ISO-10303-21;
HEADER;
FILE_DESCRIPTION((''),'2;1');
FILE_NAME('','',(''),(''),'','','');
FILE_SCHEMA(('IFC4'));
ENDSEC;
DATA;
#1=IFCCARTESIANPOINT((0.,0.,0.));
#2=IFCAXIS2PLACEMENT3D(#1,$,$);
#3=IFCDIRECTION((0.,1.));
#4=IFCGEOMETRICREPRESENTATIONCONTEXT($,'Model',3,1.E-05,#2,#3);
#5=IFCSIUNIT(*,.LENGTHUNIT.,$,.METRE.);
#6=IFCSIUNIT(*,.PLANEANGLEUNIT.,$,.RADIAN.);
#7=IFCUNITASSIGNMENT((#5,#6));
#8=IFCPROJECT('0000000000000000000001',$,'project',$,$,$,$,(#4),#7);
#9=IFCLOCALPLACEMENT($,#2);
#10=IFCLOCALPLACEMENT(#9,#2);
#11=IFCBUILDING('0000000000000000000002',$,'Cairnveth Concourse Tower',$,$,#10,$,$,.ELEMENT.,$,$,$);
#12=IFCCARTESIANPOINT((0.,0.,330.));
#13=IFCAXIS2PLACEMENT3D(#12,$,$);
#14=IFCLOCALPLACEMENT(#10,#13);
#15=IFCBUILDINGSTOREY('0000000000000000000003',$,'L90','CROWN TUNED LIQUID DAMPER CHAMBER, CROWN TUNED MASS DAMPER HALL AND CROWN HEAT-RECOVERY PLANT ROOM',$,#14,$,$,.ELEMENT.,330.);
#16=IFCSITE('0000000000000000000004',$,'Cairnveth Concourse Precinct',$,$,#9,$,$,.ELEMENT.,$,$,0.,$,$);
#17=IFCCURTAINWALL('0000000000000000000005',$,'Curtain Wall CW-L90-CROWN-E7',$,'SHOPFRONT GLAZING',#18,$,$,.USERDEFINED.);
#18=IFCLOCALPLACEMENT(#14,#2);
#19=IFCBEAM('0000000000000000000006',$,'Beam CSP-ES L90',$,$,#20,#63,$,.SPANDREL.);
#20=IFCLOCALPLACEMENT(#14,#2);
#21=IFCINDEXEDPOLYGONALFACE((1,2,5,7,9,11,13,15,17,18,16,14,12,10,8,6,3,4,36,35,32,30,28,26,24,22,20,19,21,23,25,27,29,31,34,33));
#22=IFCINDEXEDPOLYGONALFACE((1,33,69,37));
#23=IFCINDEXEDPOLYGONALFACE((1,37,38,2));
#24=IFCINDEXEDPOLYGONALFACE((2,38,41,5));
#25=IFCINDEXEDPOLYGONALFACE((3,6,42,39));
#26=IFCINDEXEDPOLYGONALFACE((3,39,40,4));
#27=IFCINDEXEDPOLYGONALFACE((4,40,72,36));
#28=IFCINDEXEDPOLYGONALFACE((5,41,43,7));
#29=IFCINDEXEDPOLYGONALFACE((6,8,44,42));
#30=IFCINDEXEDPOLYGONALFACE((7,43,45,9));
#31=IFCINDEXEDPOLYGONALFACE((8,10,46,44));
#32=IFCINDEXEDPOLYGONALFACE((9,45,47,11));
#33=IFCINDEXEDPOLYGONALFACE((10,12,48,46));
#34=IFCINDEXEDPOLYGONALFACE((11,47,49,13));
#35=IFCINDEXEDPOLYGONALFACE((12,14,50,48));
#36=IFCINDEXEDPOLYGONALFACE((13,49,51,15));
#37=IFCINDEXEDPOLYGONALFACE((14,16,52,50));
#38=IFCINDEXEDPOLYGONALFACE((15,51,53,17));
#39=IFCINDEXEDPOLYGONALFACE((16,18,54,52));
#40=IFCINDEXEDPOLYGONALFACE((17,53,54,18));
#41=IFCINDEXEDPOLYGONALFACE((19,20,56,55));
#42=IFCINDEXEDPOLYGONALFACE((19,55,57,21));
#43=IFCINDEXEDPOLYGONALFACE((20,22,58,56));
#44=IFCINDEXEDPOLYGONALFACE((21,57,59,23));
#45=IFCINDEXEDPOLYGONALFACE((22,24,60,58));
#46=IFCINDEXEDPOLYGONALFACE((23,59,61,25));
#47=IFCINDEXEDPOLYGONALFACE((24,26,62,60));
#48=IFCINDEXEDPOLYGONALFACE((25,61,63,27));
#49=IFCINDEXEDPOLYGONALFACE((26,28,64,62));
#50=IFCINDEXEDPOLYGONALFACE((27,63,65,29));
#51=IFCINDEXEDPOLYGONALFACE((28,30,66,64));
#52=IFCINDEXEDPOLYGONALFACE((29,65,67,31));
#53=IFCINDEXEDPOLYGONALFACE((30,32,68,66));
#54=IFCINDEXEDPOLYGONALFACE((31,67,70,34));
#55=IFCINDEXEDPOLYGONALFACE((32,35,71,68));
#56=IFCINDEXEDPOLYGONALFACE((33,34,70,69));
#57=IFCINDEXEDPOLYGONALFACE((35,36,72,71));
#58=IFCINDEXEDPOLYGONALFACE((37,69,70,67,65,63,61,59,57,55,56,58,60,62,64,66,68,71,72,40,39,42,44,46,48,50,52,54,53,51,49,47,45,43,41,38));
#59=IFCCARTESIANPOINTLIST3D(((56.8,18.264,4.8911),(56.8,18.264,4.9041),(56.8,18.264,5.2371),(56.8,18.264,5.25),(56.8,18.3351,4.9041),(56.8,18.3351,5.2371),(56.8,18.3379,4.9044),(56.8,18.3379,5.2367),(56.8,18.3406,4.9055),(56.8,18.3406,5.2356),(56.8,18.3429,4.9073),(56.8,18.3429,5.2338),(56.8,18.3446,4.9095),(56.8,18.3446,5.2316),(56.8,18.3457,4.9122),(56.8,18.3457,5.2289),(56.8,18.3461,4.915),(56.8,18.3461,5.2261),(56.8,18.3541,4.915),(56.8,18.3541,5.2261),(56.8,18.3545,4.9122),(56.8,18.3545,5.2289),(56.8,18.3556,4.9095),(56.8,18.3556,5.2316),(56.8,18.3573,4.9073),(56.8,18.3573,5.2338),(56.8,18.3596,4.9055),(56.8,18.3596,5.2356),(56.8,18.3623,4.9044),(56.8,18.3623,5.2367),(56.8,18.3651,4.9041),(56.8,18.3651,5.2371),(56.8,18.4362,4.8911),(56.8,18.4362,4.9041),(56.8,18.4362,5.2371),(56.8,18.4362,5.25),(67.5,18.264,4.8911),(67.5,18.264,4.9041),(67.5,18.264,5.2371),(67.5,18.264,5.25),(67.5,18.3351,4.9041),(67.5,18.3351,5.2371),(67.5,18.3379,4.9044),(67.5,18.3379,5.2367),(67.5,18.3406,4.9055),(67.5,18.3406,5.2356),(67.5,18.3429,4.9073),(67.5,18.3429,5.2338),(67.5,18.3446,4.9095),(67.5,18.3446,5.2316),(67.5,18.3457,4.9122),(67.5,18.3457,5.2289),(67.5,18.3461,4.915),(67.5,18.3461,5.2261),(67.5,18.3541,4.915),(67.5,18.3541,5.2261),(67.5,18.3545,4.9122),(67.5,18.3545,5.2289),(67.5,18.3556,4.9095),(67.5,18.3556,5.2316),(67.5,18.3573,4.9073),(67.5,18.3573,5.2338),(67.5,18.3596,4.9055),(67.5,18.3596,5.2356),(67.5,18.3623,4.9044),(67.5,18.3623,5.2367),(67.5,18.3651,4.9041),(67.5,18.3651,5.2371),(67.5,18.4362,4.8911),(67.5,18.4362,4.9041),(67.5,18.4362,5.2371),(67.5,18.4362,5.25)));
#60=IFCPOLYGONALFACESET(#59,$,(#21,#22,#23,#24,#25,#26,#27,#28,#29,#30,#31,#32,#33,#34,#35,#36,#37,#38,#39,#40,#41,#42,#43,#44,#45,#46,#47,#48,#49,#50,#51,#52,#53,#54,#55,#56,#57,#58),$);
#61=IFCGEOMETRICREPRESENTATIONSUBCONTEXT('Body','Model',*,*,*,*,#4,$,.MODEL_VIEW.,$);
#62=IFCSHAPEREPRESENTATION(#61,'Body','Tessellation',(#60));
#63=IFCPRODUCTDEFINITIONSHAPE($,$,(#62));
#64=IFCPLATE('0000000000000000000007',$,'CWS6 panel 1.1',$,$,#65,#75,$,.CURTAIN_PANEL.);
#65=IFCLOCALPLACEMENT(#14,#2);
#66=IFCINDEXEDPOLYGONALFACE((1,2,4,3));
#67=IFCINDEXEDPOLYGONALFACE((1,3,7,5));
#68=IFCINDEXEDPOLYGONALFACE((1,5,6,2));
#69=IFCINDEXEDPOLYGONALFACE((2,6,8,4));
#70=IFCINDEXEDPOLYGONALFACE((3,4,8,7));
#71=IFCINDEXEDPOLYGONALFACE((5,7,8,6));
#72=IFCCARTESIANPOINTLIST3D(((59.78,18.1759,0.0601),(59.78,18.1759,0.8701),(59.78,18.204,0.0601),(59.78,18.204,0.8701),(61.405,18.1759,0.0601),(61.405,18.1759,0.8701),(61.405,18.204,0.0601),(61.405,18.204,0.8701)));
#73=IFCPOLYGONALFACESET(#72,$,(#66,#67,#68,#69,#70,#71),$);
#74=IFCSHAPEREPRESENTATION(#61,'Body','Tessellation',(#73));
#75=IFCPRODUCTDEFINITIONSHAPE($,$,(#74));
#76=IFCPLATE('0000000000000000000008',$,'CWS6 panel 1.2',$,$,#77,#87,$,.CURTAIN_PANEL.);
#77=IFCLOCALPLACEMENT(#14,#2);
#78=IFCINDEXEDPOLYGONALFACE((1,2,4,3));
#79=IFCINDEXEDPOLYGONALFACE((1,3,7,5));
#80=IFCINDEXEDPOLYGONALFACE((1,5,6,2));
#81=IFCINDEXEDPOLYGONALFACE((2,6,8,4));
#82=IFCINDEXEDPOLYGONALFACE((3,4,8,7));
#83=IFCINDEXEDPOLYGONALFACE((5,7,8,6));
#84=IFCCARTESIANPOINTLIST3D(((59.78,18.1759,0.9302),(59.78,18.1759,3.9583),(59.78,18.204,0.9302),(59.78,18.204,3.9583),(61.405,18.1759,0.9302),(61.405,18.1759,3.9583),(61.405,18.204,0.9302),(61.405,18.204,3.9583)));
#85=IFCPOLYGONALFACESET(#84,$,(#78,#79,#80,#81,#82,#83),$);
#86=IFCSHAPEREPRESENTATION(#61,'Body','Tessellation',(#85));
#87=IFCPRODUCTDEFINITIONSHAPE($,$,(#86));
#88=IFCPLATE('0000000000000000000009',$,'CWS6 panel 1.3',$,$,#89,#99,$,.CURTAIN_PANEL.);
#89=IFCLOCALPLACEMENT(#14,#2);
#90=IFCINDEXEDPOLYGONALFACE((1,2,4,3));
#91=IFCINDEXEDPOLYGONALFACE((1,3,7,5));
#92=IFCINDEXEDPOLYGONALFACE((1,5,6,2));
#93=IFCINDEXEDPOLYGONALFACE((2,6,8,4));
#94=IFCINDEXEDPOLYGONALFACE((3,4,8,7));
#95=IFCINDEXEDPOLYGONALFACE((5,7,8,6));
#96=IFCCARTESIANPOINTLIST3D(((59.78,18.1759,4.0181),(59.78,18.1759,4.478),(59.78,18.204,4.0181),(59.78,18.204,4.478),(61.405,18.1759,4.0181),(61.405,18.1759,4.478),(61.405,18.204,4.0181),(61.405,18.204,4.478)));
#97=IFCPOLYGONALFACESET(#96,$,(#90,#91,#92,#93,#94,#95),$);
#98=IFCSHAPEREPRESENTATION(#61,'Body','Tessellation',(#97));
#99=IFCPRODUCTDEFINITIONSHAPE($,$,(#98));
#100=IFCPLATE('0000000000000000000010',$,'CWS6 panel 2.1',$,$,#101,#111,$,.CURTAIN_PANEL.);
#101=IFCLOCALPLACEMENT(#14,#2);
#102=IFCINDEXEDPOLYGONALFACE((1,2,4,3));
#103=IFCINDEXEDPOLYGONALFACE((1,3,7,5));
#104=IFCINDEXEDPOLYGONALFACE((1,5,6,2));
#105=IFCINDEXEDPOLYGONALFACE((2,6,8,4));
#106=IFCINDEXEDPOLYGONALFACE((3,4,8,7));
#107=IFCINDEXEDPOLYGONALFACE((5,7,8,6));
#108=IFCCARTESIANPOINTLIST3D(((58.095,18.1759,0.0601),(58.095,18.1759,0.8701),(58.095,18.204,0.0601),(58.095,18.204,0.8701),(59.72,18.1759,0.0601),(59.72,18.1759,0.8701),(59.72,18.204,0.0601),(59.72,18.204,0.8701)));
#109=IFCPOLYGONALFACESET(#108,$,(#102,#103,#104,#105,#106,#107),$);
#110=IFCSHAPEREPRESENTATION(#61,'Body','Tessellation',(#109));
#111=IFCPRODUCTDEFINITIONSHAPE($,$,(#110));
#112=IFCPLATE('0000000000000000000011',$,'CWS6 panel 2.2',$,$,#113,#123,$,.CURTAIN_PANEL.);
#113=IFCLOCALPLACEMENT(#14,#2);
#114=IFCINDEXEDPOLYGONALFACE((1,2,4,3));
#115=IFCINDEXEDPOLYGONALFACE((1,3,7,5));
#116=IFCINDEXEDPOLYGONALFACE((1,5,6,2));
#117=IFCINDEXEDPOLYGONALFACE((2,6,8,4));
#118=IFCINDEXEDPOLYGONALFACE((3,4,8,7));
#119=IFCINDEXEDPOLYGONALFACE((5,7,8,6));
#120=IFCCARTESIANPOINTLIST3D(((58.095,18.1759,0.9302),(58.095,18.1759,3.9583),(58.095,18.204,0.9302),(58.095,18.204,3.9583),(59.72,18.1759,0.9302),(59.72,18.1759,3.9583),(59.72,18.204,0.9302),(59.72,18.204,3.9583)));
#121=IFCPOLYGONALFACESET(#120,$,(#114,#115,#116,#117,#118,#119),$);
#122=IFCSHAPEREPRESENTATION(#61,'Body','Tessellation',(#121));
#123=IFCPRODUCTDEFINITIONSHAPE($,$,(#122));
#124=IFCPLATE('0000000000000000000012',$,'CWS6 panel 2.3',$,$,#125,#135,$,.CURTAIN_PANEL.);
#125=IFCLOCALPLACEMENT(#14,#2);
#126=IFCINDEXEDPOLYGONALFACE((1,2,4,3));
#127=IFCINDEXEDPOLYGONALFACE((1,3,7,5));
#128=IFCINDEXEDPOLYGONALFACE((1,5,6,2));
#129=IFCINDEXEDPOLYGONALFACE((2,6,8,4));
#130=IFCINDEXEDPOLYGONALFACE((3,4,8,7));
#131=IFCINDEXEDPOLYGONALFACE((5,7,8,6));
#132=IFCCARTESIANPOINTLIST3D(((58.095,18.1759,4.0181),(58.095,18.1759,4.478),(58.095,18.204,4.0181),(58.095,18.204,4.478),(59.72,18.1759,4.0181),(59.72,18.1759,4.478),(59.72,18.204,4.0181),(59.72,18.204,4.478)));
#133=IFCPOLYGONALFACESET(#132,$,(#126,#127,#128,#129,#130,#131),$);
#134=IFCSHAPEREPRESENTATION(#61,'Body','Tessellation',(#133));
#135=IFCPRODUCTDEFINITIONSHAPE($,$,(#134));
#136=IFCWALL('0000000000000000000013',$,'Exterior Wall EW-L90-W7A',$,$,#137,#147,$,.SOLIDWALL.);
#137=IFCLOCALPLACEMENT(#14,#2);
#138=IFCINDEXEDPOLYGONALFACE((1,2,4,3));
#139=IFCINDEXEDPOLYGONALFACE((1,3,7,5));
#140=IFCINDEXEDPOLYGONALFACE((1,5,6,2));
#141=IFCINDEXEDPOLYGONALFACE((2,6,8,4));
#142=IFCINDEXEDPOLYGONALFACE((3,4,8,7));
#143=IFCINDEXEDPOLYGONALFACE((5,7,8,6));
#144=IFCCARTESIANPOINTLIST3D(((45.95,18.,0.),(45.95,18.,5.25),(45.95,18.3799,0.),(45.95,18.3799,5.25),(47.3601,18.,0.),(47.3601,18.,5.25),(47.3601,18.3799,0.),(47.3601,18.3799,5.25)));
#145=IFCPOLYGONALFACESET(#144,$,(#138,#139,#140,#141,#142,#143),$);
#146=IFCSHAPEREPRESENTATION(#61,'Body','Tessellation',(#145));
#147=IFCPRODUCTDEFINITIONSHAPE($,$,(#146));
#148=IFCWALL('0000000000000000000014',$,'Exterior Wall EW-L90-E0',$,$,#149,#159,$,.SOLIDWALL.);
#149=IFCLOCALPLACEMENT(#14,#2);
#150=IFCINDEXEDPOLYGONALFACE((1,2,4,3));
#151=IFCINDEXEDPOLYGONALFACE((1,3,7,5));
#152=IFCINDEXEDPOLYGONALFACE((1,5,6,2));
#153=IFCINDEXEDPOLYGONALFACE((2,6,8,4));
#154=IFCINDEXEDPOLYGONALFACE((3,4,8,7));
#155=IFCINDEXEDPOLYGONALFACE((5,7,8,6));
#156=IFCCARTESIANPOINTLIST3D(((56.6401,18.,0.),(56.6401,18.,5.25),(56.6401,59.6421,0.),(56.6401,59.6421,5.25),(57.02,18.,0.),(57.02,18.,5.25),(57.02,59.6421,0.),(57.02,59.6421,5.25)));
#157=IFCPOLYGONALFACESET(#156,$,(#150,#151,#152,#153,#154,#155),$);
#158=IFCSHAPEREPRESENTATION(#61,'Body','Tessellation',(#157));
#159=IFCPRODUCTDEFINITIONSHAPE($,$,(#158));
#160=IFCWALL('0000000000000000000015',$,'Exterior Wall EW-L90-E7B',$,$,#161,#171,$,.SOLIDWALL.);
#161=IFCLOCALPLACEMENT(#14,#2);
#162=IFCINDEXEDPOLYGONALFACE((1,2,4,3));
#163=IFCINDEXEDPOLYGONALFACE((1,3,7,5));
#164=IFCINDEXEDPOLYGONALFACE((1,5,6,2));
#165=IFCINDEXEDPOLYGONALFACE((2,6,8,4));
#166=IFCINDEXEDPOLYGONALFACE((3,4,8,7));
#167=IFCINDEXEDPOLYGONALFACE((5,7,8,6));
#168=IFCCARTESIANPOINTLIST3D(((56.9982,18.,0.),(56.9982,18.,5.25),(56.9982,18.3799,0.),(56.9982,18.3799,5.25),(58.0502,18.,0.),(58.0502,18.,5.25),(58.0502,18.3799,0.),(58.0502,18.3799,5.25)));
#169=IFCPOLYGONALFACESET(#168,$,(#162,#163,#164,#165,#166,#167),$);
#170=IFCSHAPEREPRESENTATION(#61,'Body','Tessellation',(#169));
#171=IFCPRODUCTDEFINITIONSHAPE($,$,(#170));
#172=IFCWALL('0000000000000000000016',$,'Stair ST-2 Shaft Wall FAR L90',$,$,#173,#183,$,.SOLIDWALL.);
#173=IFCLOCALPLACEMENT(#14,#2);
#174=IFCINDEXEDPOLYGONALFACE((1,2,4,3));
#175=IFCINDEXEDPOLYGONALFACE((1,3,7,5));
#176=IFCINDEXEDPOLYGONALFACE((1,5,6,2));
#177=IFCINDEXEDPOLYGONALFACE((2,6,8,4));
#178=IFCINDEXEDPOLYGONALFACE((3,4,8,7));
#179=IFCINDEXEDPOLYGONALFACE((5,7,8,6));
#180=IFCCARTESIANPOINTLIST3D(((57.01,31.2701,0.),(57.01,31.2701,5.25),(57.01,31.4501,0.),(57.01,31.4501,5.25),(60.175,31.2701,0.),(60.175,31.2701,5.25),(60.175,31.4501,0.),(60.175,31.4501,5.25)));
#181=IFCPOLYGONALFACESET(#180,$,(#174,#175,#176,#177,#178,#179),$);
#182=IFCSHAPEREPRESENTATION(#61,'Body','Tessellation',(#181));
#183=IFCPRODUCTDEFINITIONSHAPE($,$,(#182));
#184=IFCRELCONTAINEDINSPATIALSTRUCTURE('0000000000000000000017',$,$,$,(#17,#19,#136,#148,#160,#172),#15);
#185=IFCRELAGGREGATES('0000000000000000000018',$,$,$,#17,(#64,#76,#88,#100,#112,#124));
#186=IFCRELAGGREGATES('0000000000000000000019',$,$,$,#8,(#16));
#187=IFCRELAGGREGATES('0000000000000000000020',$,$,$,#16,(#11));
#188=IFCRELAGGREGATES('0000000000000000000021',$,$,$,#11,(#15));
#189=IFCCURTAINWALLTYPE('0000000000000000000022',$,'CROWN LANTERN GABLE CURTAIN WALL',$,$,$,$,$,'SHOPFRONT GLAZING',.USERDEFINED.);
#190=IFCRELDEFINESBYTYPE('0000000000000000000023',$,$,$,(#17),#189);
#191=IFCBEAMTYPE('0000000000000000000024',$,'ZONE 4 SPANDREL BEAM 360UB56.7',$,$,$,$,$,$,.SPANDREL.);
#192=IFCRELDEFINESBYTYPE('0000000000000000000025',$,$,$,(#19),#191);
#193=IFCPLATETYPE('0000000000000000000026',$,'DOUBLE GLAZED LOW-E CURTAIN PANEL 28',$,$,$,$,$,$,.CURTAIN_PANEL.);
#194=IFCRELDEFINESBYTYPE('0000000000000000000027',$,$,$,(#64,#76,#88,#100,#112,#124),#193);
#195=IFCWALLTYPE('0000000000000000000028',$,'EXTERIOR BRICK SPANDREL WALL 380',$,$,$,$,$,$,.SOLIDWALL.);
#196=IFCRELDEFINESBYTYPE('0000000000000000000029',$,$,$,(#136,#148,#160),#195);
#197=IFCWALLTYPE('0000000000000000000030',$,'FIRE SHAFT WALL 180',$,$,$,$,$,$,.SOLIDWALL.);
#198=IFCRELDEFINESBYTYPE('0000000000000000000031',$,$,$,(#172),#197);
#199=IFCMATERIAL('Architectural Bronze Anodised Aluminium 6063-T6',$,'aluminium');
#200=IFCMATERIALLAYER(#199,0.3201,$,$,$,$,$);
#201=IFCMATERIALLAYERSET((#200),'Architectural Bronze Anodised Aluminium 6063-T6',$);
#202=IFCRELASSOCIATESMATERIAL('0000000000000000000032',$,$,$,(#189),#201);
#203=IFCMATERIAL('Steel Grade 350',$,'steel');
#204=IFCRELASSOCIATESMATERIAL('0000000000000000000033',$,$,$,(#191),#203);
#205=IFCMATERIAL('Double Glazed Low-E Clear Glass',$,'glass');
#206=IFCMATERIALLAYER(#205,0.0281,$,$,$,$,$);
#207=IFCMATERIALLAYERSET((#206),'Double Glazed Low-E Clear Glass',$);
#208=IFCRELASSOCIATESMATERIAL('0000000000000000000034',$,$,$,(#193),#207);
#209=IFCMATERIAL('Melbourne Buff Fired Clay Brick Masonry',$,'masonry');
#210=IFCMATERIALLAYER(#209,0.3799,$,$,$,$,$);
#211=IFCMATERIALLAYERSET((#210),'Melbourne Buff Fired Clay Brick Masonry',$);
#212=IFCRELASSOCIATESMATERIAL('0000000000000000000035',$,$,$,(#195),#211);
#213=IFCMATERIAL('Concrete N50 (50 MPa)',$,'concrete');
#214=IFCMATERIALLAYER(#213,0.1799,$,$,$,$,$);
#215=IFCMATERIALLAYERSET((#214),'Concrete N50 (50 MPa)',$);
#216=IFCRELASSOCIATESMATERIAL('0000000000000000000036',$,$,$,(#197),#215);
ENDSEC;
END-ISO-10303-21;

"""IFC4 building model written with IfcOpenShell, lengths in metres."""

from ifc_helpers import new_model, si_unit, direction, frame, frame_2d, origin, origin_2d, place, context, subcontext, project, spatial, rectangle, i_section, extrude, material, layer, layer_set, material_profile, profile_set, type_object, element, aggregate, save


model = new_model("IFC4")

# Units and contexts
model_context = context("Model", 3, precision=1e-05, world=origin(), true_north=direction((0.0, 1.0)))
body_context = subcontext(model_context, "Body", "Model", "MODEL_VIEW")
ifc_project = project(units=[si_unit("LENGTHUNIT", "METRE"), si_unit("PLANEANGLEUNIT", "RADIAN")], contexts=[model_context])

# Site, building, storey
site_placement = place(None, origin())
site = spatial("IfcSite", under=ifc_project, at=site_placement, Name="Cairnveth Concourse Precinct", CompositionType="ELEMENT", RefElevation=0.0)
building_placement = place(site_placement, origin())
building = spatial("IfcBuilding", under=site, at=building_placement, Name="Cairnveth Concourse Tower", CompositionType="ELEMENT")
storey_placement = place(building_placement, frame((0.0, 0.0, 330.0)))
storey = spatial("IfcBuildingStorey", under=building, at=storey_placement, Name="L90", Description="CROWN TUNED LIQUID DAMPER CHAMBER, CROWN TUNED MASS DAMPER HALL AND CROWN HEAT-RECOVERY PLANT ROOM", CompositionType="ELEMENT", Elevation=330.0)

# Shared definitions
ifc_material_1 = material(Name="Steel Grade 350", Category="steel")

# Curtain wall
ifc_material_2 = material(Name="Architectural Bronze Anodised Aluminium 6063-T6", Category="aluminium")
ifc_layer_1 = layer(ifc_material_2, 0.3201)
ifc_layer_set_1 = layer_set([ifc_layer_1], Name="Architectural Bronze Anodised Aluminium 6063-T6")
curtain_wall_type = type_object("IfcCurtainWallType", Name="CROWN LANTERN GABLE CURTAIN WALL", ElementType="SHOPFRONT GLAZING", PredefinedType="USERDEFINED", material=ifc_layer_set_1)
curtain_wall_placement = place(storey_placement, origin())
curtain_wall = element("IfcCurtainWall", 1, at=curtain_wall_placement, inside=storey, type_object=curtain_wall_type, Name="Curtain Wall CW-L90-CROWN-E7", ObjectType="SHOPFRONT GLAZING", PredefinedType="USERDEFINED")

# Beam
ifc_material_profile_1 = material_profile(ifc_material_1, i_section(OverallWidth=0.1721, OverallDepth=0.3589, WebThickness=0.0081, FlangeThickness=0.0129, FilletRadius=0.011, at=origin_2d()), Name="360UB56.7")
ifc_profile_set_1 = profile_set([ifc_material_profile_1], Name="Steel Grade 350")
beam_type_1 = type_object("IfcBeamType", Name="ZONE 4 SPANDREL BEAM 360UB56.7", PredefinedType="SPANDREL", material=ifc_profile_set_1)
beam_1_placement = place(storey_placement, frame((56.8, 18.3501, 5.0706), z_axis=(1.0, 0.0, 0.0), x_axis=(0.0, 1.0, 0.0)))
element("IfcBeam", 2, at=beam_1_placement, inside=storey, type_object=beam_type_1, Name="Beam CSP-ES L90", PredefinedType="SPANDREL", context=body_context, shape_type="SweptSolid", body=[
    extrude(i_section(OverallWidth=0.1721, OverallDepth=0.3589, WebThickness=0.0081, FlangeThickness=0.0129, FilletRadius=0.011, at=origin_2d()), origin(), (0.0, 0.0, 1.0), 10.7),
])

# Plates
ifc_material_3 = material(Name="Double Glazed Low-E Clear Glass", Category="glass")
ifc_layer_2 = layer(ifc_material_3, 0.0281)
ifc_layer_set_2 = layer_set([ifc_layer_2], Name="Double Glazed Low-E Clear Glass")
plate_type = type_object("IfcPlateType", Name="DOUBLE GLAZED LOW-E CURTAIN PANEL 28", PredefinedType="CURTAIN_PANEL", material=ifc_layer_set_2)
plate_1_placement = place(storey_placement, frame((60.5925, 18.1899, 0.0601), z_axis=(0.0, 0.0, 1.0), x_axis=(-1.0, 0.0, 0.0)))
plate_1 = element("IfcPlate", 3, at=plate_1_placement, type_object=plate_type, Name="CWS6 panel 1.1", PredefinedType="CURTAIN_PANEL", context=body_context, shape_type="SweptSolid", body=[
    extrude(rectangle(XDim=1.625, YDim=0.0281, at=origin_2d()), origin(), (0.0, 0.0, 1.0), 0.8101),
])
plate_2_placement = place(storey_placement, frame((60.5925, 18.1899, 0.9302), z_axis=(0.0, 0.0, 1.0), x_axis=(-1.0, 0.0, 0.0)))
plate_2 = element("IfcPlate", 4, at=plate_2_placement, type_object=plate_type, Name="CWS6 panel 1.2", PredefinedType="CURTAIN_PANEL", context=body_context, shape_type="SweptSolid", body=[
    extrude(rectangle(XDim=1.625, YDim=0.0281, at=origin_2d()), origin(), (0.0, 0.0, 1.0), 3.0281),
])
plate_3_placement = place(storey_placement, frame((60.5925, 18.1899, 4.0181), z_axis=(0.0, 0.0, 1.0), x_axis=(-1.0, 0.0, 0.0)))
plate_3 = element("IfcPlate", 5, at=plate_3_placement, type_object=plate_type, Name="CWS6 panel 1.3", PredefinedType="CURTAIN_PANEL", context=body_context, shape_type="SweptSolid", body=[
    extrude(rectangle(XDim=1.625, YDim=0.0281, at=origin_2d()), origin(), (0.0, 0.0, 1.0), 0.46),
])
plate_4_placement = place(storey_placement, frame((58.9075, 18.1899, 0.0601), z_axis=(0.0, 0.0, 1.0), x_axis=(-1.0, 0.0, 0.0)))
plate_4 = element("IfcPlate", 6, at=plate_4_placement, type_object=plate_type, Name="CWS6 panel 2.1", PredefinedType="CURTAIN_PANEL", context=body_context, shape_type="SweptSolid", body=[
    extrude(rectangle(XDim=1.625, YDim=0.0281, at=origin_2d()), origin(), (0.0, 0.0, 1.0), 0.8101),
])
plate_5_placement = place(storey_placement, frame((58.9075, 18.1899, 0.9302), z_axis=(0.0, 0.0, 1.0), x_axis=(-1.0, 0.0, 0.0)))
plate_5 = element("IfcPlate", 7, at=plate_5_placement, type_object=plate_type, Name="CWS6 panel 2.2", PredefinedType="CURTAIN_PANEL", context=body_context, shape_type="SweptSolid", body=[
    extrude(rectangle(XDim=1.625, YDim=0.0281, at=origin_2d()), origin(), (0.0, 0.0, 1.0), 3.0281),
])
plate_6_placement = place(storey_placement, frame((58.9075, 18.1899, 4.0181), z_axis=(0.0, 0.0, 1.0), x_axis=(-1.0, 0.0, 0.0)))
plate_6 = element("IfcPlate", 8, at=plate_6_placement, type_object=plate_type, Name="CWS6 panel 2.3", PredefinedType="CURTAIN_PANEL", context=body_context, shape_type="SweptSolid", body=[
    extrude(rectangle(XDim=1.625, YDim=0.0281, at=origin_2d()), origin(), (0.0, 0.0, 1.0), 0.46),
])
aggregate(curtain_wall, [plate_1, plate_2, plate_3, plate_4, plate_5, plate_6])

# Walls
ifc_material_4 = material(Name="Melbourne Buff Fired Clay Brick Masonry", Category="masonry")
ifc_layer_3 = layer(ifc_material_4, 0.3799)
ifc_layer_set_3 = layer_set([ifc_layer_3], Name="Melbourne Buff Fired Clay Brick Masonry")
wall_type_1 = type_object("IfcWallType", Name="EXTERIOR BRICK SPANDREL WALL 380", PredefinedType="SOLIDWALL", material=ifc_layer_set_3)
wall_1_placement = place(storey_placement, frame((47.3601, 18.1899, 0.0), z_axis=(0.0, 0.0, 1.0), x_axis=(-1.0, 0.0, 0.0)))
element("IfcWall", 9, at=wall_1_placement, inside=storey, type_object=wall_type_1, Name="Exterior Wall EW-L90-W7A", PredefinedType="SOLIDWALL", context=body_context, shape_type="SweptSolid", body=[
    extrude(rectangle(XDim=1.4102, YDim=0.3799, at=frame_2d((0.7051, 0.0))), origin(), (0.0, 0.0, 1.0), 5.25),
])
wall_2_placement = place(storey_placement, frame((56.8301, 18.0, 0.0), z_axis=(0.0, 0.0, 1.0), x_axis=(0.0, 1.0, 0.0)))
element("IfcWall", 10, at=wall_2_placement, inside=storey, type_object=wall_type_1, Name="Exterior Wall EW-L90-E0", PredefinedType="SOLIDWALL", context=body_context, shape_type="SweptSolid", body=[
    extrude(rectangle(XDim=41.6421, YDim=0.3799, at=frame_2d((20.821, 0.0))), origin(), (0.0, 0.0, 1.0), 5.25),
])
wall_3_placement = place(storey_placement, frame((58.05, 18.1899, 0.0), z_axis=(0.0, 0.0, 1.0), x_axis=(-1.0, 0.0, 0.0)))
element("IfcWall", 11, at=wall_3_placement, inside=storey, type_object=wall_type_1, Name="Exterior Wall EW-L90-E7B", PredefinedType="SOLIDWALL", context=body_context, shape_type="SweptSolid", body=[
    extrude(rectangle(XDim=1.052, YDim=0.3799, at=frame_2d((0.5259, 0.0))), origin(), (0.0, 0.0, 1.0), 5.25),
])
ifc_material_5 = material(Name="Concrete N50 (50 MPa)", Category="concrete")
ifc_layer_4 = layer(ifc_material_5, 0.1799)
ifc_layer_set_4 = layer_set([ifc_layer_4], Name="Concrete N50 (50 MPa)")
wall_type_2 = type_object("IfcWallType", Name="FIRE SHAFT WALL 180", PredefinedType="SOLIDWALL", material=ifc_layer_set_4)
wall_4_placement = place(storey_placement, frame((57.01, 31.3601, 0.0), z_axis=(0.0, 0.0, 1.0), x_axis=(1.0, 0.0, 0.0)))
element("IfcWall", 12, at=wall_4_placement, inside=storey, type_object=wall_type_2, Name="Stair ST-2 Shaft Wall FAR L90", PredefinedType="SOLIDWALL", context=body_context, shape_type="SweptSolid", body=[
    extrude(rectangle(XDim=3.165, YDim=0.1799, at=frame_2d((1.5825, 0.0))), origin(), (0.0, 0.0, 1.0), 5.25),
])

save(model, "model.ifc")
